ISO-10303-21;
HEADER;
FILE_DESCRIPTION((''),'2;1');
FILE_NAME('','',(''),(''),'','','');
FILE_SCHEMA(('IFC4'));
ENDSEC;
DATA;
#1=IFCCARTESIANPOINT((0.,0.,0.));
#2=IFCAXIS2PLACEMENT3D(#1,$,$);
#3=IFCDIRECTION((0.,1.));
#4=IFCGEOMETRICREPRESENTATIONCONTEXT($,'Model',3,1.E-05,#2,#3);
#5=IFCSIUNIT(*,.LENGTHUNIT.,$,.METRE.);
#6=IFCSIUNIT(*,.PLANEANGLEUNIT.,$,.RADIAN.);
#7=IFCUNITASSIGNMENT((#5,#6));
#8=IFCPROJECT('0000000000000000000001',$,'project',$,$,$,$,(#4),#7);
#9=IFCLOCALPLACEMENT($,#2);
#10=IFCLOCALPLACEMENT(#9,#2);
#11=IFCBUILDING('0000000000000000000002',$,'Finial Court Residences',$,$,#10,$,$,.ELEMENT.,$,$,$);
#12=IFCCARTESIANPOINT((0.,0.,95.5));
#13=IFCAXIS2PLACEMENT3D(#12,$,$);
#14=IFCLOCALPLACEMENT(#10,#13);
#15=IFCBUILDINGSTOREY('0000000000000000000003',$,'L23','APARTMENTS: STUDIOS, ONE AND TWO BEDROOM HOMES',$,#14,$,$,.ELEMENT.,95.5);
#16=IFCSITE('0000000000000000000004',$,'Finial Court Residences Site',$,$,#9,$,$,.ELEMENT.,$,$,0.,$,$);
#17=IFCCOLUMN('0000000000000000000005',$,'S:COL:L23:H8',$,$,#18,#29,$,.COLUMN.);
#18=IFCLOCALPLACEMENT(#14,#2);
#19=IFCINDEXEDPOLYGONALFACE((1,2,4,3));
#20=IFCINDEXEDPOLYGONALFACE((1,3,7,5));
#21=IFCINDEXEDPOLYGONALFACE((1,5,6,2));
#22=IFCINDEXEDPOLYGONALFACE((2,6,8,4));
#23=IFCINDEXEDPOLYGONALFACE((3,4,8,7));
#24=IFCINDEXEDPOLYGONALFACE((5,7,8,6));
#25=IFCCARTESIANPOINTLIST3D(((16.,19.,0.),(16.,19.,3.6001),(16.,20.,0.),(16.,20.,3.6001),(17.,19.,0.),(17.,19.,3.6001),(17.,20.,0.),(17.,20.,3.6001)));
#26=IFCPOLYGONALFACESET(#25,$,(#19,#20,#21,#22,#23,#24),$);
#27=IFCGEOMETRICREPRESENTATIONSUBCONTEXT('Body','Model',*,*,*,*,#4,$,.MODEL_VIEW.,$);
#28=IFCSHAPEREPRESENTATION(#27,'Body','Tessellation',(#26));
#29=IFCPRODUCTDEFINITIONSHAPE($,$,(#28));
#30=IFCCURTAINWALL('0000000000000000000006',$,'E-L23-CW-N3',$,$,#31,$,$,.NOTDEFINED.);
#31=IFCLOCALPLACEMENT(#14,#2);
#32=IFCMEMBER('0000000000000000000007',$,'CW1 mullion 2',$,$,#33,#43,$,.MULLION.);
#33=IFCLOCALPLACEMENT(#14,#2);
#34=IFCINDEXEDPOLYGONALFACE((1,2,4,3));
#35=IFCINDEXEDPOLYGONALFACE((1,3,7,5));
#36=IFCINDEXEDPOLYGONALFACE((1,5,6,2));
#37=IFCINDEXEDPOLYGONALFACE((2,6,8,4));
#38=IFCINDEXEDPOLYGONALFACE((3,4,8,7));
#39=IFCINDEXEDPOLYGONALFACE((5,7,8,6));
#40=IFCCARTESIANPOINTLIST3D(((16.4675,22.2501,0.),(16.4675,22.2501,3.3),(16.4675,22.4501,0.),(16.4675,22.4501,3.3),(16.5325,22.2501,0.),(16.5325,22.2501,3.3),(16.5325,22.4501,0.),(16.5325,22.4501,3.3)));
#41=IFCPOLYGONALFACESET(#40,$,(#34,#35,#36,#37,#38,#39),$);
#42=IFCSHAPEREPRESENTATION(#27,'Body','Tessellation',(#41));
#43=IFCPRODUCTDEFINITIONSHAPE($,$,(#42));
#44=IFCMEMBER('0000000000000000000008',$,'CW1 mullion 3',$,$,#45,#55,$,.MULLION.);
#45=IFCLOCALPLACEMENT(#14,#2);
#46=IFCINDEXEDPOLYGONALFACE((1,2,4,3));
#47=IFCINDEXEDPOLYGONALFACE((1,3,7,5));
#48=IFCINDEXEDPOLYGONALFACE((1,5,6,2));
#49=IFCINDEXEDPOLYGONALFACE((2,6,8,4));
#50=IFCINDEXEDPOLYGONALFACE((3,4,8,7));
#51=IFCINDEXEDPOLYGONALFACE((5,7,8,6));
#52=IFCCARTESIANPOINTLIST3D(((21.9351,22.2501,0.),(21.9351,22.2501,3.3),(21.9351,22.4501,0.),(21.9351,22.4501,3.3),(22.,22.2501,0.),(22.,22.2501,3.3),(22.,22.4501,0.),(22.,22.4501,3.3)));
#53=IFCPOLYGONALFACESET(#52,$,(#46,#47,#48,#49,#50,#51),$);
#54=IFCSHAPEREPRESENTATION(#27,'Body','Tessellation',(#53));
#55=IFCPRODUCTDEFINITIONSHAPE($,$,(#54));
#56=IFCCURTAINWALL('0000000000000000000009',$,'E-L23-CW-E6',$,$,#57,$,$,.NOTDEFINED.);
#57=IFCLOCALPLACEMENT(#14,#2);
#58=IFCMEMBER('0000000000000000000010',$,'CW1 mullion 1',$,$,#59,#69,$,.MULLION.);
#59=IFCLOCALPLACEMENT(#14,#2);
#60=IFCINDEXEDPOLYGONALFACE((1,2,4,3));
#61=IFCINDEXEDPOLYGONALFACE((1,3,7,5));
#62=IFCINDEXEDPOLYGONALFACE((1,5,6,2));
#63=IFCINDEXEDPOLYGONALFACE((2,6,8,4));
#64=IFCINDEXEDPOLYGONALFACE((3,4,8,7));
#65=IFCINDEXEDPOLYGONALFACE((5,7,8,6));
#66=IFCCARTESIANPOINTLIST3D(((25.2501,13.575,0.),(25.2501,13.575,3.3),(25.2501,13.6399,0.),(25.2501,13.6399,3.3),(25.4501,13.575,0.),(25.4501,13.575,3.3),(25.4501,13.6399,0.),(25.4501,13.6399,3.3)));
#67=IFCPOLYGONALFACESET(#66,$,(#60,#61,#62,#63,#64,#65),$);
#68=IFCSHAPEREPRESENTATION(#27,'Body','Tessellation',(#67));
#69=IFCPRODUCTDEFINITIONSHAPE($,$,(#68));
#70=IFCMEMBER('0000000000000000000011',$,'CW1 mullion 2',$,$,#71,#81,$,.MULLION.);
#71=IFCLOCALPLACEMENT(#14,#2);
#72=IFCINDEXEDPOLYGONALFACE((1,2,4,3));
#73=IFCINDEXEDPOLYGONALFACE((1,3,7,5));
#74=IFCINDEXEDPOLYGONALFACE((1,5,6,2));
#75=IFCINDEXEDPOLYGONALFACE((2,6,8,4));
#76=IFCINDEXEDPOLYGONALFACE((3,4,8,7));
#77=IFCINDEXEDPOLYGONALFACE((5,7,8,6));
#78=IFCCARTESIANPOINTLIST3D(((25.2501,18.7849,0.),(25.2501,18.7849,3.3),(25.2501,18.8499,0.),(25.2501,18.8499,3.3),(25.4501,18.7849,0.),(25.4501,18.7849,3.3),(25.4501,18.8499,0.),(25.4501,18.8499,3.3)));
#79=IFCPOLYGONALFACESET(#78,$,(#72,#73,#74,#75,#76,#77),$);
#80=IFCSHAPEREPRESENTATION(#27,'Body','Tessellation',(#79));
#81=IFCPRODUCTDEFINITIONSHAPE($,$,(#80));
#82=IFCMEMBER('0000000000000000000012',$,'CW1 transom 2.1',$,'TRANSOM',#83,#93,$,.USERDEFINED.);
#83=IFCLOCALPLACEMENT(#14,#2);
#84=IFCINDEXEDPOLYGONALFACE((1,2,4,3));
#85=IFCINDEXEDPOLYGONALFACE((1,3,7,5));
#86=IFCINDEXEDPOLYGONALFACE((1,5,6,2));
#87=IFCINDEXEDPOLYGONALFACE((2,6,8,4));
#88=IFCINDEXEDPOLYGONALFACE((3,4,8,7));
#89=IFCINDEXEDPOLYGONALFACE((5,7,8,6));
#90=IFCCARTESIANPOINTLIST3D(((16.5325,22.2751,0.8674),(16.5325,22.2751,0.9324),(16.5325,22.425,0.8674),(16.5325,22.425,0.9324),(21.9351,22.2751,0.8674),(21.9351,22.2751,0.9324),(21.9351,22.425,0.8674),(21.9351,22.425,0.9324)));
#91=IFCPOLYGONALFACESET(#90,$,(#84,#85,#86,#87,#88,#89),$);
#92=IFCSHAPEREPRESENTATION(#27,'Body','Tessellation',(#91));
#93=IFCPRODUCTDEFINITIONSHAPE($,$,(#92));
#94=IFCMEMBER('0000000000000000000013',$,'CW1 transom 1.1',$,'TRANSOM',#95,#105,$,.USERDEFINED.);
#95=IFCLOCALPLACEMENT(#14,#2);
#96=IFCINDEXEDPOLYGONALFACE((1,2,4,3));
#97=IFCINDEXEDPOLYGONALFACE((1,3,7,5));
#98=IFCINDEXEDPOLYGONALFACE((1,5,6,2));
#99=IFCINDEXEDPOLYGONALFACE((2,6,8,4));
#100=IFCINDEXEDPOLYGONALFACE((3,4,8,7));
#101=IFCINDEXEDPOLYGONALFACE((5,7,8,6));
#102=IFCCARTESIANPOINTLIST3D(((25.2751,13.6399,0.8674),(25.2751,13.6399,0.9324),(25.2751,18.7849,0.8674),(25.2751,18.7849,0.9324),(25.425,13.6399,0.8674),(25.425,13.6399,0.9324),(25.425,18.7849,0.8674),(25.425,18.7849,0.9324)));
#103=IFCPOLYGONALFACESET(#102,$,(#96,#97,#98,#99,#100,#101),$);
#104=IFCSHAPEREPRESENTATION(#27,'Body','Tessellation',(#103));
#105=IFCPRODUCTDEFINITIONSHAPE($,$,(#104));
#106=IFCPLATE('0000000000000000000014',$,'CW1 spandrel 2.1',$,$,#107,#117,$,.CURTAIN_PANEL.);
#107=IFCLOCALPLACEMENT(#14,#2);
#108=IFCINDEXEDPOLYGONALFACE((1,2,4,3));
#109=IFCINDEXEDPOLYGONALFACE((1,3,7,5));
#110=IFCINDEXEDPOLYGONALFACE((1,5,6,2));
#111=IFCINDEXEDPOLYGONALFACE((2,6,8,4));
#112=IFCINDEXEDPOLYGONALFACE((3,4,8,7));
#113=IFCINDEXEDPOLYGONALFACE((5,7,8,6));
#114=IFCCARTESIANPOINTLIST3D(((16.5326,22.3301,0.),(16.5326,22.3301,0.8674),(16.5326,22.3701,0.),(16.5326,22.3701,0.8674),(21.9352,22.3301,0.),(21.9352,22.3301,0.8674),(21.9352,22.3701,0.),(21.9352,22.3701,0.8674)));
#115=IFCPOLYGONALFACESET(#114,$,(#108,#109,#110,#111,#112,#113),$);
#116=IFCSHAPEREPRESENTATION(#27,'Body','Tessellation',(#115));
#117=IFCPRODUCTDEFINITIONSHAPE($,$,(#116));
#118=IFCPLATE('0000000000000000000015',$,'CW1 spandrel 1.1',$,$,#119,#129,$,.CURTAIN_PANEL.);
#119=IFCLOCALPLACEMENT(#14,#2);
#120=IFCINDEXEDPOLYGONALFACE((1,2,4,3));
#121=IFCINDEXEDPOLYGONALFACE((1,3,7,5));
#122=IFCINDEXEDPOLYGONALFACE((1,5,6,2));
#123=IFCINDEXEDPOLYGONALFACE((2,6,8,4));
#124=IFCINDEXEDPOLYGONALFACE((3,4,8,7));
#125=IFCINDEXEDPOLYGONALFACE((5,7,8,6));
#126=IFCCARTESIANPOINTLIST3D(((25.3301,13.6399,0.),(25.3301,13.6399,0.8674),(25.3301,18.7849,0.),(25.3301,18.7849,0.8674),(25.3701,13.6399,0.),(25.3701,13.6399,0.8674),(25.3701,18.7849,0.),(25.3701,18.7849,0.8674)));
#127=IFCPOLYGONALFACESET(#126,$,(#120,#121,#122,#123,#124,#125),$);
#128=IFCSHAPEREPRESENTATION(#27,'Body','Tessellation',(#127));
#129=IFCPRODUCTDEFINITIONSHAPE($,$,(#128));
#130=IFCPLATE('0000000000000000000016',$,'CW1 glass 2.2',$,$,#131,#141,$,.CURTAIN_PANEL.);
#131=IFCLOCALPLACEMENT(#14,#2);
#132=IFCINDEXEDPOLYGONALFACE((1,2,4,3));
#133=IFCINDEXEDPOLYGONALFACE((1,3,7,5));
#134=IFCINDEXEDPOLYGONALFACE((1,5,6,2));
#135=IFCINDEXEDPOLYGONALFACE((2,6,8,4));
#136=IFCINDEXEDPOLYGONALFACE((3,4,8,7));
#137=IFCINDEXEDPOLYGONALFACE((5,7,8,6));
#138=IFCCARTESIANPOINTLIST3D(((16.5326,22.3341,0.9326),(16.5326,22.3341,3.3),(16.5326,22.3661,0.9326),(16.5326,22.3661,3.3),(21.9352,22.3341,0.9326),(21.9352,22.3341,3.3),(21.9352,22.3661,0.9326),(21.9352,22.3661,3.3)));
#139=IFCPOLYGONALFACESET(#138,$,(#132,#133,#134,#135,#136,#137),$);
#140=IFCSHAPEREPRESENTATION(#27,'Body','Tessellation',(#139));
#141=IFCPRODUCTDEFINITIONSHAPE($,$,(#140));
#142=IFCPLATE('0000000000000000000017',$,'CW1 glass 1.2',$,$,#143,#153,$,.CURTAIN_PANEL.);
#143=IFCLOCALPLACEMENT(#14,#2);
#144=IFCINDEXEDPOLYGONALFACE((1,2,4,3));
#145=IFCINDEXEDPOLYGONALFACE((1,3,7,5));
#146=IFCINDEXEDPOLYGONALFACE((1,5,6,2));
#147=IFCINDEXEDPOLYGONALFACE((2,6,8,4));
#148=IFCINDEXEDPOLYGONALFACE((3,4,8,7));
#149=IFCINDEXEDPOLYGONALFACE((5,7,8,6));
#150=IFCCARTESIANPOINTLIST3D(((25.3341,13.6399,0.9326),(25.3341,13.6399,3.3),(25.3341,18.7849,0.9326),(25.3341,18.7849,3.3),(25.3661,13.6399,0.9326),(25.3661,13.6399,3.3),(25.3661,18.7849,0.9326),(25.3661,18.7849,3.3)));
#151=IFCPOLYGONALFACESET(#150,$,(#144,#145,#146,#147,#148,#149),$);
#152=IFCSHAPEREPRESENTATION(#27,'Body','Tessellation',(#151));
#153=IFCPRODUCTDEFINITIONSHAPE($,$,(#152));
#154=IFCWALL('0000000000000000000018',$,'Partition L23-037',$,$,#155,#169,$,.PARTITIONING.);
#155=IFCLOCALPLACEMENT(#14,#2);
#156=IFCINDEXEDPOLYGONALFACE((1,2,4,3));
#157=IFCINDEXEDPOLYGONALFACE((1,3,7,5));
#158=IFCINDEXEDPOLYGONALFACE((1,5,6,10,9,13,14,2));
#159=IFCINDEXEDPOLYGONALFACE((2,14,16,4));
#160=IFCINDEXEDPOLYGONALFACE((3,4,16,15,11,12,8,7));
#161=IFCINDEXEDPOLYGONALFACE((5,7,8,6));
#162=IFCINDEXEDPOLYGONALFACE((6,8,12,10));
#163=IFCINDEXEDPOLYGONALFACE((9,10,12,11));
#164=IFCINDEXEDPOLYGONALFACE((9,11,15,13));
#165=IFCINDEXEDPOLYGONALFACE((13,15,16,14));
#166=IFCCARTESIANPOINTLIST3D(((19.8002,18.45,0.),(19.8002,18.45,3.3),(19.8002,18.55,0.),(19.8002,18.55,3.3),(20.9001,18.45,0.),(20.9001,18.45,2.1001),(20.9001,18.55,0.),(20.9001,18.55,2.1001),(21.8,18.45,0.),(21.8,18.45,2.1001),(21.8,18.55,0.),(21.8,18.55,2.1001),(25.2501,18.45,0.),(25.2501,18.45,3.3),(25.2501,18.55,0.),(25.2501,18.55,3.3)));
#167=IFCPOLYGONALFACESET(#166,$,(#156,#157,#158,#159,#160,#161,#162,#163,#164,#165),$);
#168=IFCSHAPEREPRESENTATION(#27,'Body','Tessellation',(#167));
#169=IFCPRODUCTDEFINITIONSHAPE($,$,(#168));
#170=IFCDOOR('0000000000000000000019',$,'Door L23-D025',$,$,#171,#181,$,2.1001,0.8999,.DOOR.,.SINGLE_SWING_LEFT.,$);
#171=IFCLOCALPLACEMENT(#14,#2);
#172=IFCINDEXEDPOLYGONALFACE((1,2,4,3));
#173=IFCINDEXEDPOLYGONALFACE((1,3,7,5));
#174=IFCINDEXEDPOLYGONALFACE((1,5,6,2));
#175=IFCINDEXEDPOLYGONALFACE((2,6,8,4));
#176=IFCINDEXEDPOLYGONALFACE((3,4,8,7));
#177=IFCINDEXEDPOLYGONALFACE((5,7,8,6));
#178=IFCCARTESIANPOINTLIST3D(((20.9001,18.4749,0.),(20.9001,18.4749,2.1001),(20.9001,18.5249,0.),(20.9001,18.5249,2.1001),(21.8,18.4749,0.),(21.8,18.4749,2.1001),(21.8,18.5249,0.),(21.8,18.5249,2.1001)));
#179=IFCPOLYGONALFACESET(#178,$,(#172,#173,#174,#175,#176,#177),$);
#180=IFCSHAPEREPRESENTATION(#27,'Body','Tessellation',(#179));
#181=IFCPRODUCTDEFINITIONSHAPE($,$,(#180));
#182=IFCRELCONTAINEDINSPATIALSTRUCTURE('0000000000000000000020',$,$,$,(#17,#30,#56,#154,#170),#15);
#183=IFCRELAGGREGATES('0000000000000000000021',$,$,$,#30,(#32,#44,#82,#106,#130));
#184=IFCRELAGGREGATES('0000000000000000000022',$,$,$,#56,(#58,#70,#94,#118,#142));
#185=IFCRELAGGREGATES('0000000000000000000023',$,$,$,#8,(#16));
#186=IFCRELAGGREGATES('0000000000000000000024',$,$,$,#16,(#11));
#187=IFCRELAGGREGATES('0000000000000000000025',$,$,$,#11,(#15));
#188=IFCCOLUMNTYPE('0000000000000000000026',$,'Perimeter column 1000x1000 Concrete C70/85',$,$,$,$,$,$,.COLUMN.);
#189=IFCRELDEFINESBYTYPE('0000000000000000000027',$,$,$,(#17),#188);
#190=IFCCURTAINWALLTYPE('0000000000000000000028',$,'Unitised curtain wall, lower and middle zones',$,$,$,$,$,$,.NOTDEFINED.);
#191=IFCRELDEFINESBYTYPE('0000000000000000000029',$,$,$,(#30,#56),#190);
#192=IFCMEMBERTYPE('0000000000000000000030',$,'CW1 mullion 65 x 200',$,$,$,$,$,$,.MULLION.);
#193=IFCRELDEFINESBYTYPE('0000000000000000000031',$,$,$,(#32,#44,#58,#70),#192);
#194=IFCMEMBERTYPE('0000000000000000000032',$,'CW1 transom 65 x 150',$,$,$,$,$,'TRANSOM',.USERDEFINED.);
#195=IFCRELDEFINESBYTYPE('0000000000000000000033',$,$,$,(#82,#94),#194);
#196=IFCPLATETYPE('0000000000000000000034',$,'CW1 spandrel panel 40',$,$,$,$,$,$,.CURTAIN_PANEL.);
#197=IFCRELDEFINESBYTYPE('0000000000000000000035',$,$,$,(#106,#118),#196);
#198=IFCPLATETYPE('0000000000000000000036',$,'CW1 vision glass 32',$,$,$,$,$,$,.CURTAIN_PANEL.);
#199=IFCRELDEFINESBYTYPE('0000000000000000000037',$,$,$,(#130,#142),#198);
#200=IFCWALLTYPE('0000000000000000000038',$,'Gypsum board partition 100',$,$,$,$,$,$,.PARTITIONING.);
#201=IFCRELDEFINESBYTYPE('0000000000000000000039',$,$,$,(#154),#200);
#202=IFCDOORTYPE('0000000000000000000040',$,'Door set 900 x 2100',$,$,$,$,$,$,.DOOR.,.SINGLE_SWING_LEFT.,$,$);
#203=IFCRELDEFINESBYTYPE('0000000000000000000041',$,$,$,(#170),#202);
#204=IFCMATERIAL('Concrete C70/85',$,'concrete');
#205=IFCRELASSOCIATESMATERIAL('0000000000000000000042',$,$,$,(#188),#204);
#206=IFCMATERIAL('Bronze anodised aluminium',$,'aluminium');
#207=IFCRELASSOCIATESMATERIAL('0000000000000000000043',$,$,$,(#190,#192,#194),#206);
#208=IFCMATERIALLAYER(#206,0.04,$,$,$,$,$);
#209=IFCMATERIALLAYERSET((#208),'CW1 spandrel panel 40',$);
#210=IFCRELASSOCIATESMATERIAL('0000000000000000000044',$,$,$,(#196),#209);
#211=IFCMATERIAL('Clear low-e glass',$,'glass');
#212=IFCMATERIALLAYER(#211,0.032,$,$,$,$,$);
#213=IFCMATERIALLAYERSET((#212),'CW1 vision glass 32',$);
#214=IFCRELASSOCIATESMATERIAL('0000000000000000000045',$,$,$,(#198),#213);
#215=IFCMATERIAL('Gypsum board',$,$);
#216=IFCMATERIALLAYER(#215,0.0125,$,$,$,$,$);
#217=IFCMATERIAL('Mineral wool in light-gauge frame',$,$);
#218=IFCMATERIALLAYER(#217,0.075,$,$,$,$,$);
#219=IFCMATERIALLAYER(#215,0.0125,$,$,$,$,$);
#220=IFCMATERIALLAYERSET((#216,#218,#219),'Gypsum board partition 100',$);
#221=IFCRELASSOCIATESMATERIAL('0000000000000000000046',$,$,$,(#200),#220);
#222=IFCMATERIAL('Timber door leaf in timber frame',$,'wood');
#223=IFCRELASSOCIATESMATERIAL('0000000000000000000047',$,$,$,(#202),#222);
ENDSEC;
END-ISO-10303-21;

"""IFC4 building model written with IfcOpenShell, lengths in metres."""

from ifc_helpers import new_model, si_unit, direction, frame, frame_2d, origin, origin_2d, place, context, subcontext, project, spatial, rectangle, extrude, material, layer, layer_set, material_profile, profile_set, type_object, element, fill, aggregate, save


model = new_model("IFC4")

# Units and contexts
model_context = context("Model", 3, precision=1e-05, world=origin(), true_north=direction((0.0, 1.0)))
body_context = subcontext(model_context, "Body", "Model", "MODEL_VIEW")
ifc_project = project(units=[si_unit("LENGTHUNIT", "METRE"), si_unit("PLANEANGLEUNIT", "RADIAN")], contexts=[model_context])

# Site, building, storey
site_placement = place(None, origin())
site = spatial("IfcSite", under=ifc_project, at=site_placement, Name="Finial Court Residences Site", CompositionType="ELEMENT", RefElevation=0.0)
building_placement = place(site_placement, origin())
building = spatial("IfcBuilding", under=site, at=building_placement, Name="Finial Court Residences", CompositionType="ELEMENT")
storey_placement = place(building_placement, frame((0.0, 0.0, 95.5)))
storey = spatial("IfcBuildingStorey", under=building, at=storey_placement, Name="L23", Description="APARTMENTS: STUDIOS, ONE AND TWO BEDROOM HOMES", CompositionType="ELEMENT", Elevation=95.5)

# Column
ifc_material_1 = material(Name="Concrete C70/85", Category="concrete")
ifc_material_profile_1 = material_profile(ifc_material_1, rectangle(XDim=1.0, YDim=1.0, at=origin_2d()), Name="1000x1000")
ifc_profile_set_1 = profile_set([ifc_material_profile_1], Name="Concrete C70/85")
column_type = type_object("IfcColumnType", Name="Perimeter column 1000x1000 Concrete C70/85", PredefinedType="COLUMN", material=ifc_profile_set_1)
column_placement = place(storey_placement, frame((16.5, 19.5, 0.0), z_axis=(0.0, 0.0, 1.0), x_axis=(1.0, 0.0, 0.0)))
element("IfcColumn", 1, at=column_placement, inside=storey, type_object=column_type, Name="S:COL:L23:H8", PredefinedType="COLUMN", context=body_context, shape_type="SweptSolid", body=[
    extrude(rectangle(XDim=1.0, YDim=1.0, at=origin_2d()), origin(), (0.0, 0.0, 1.0), 3.6001),
])

# Curtain walls, members
ifc_material_2 = material(Name="Bronze anodised aluminium", Category="aluminium")
curtain_wall_type = type_object("IfcCurtainWallType", Name="Unitised curtain wall, lower and middle zones", PredefinedType="NOTDEFINED", material=ifc_material_2)
curtain_wall_1_placement = place(storey_placement, origin())
curtain_wall_1 = element("IfcCurtainWall", 2, at=curtain_wall_1_placement, inside=storey, type_object=curtain_wall_type, Name="E-L23-CW-N3", PredefinedType="NOTDEFINED")
ifc_material_profile_2 = material_profile(ifc_material_2, rectangle(XDim=0.2, YDim=0.0649, at=origin_2d()), Name="CW1 mullion 65 x 200")
ifc_profile_set_2 = profile_set([ifc_material_profile_2], Name="Bronze anodised aluminium")
member_type_1 = type_object("IfcMemberType", Name="CW1 mullion 65 x 200", PredefinedType="MULLION", material=ifc_profile_set_2)
member_1_placement = place(storey_placement, frame((16.5, 22.3501, 0.0), z_axis=(0.0, 0.0, 1.0), x_axis=(0.0, 1.0, 0.0)))
member_1 = element("IfcMember", 3, at=member_1_placement, type_object=member_type_1, Name="CW1 mullion 2", PredefinedType="MULLION", context=body_context, shape_type="SweptSolid", body=[
    extrude(rectangle(XDim=0.2, YDim=0.0649, at=origin_2d()), origin(), (0.0, 0.0, 1.0), 3.3),
])
member_2_placement = place(storey_placement, frame((21.9675, 22.3501, 0.0), z_axis=(0.0, 0.0, 1.0), x_axis=(0.0, 1.0, 0.0)))
member_2 = element("IfcMember", 4, at=member_2_placement, type_object=member_type_1, Name="CW1 mullion 3", PredefinedType="MULLION", context=body_context, shape_type="SweptSolid", body=[
    extrude(rectangle(XDim=0.2, YDim=0.0649, at=origin_2d()), origin(), (0.0, 0.0, 1.0), 3.3),
])
curtain_wall_2_placement = place(storey_placement, origin())
curtain_wall_2 = element("IfcCurtainWall", 5, at=curtain_wall_2_placement, inside=storey, type_object=curtain_wall_type, Name="E-L23-CW-E6", PredefinedType="NOTDEFINED")
member_3_placement = place(storey_placement, frame((25.3501, 13.6074, 0.0), z_axis=(0.0, 0.0, 1.0), x_axis=(-1.0, 0.0, 0.0)))
member_3 = element("IfcMember", 6, at=member_3_placement, type_object=member_type_1, Name="CW1 mullion 1", PredefinedType="MULLION", context=body_context, shape_type="SweptSolid", body=[
    extrude(rectangle(XDim=0.2, YDim=0.0649, at=origin_2d()), origin(), (0.0, 0.0, 1.0), 3.3),
])
member_4_placement = place(storey_placement, frame((25.3501, 18.8174, 0.0), z_axis=(0.0, 0.0, 1.0), x_axis=(-1.0, 0.0, 0.0)))
member_4 = element("IfcMember", 7, at=member_4_placement, type_object=member_type_1, Name="CW1 mullion 2", PredefinedType="MULLION", context=body_context, shape_type="SweptSolid", body=[
    extrude(rectangle(XDim=0.2, YDim=0.0649, at=origin_2d()), origin(), (0.0, 0.0, 1.0), 3.3),
])

# Members
ifc_material_profile_3 = material_profile(ifc_material_2, rectangle(XDim=0.1499, YDim=0.0649, at=origin_2d()), Name="CW1 transom 65 x 150")
ifc_profile_set_3 = profile_set([ifc_material_profile_3], Name="Bronze anodised aluminium")
member_type_2 = type_object("IfcMemberType", Name="CW1 transom 65 x 150", ElementType="TRANSOM", PredefinedType="USERDEFINED", material=ifc_profile_set_3)
member_5_placement = place(storey_placement, frame((16.5325, 22.3501, 0.8999), z_axis=(1.0, 0.0, 0.0), x_axis=(0.0, 1.0, 0.0)))
member_5 = element("IfcMember", 8, at=member_5_placement, type_object=member_type_2, Name="CW1 transom 2.1", ObjectType="TRANSOM", PredefinedType="USERDEFINED", context=body_context, shape_type="SweptSolid", body=[
    extrude(rectangle(XDim=0.1499, YDim=0.0649, at=origin_2d()), origin(), (0.0, 0.0, 1.0), 5.4026),
])
member_6_placement = place(storey_placement, frame((25.3501, 13.6399, 0.8999), z_axis=(0.0, 1.0, 0.0), x_axis=(-1.0, 0.0, 0.0)))
member_6 = element("IfcMember", 9, at=member_6_placement, type_object=member_type_2, Name="CW1 transom 1.1", ObjectType="TRANSOM", PredefinedType="USERDEFINED", context=body_context, shape_type="SweptSolid", body=[
    extrude(rectangle(XDim=0.1499, YDim=0.0649, at=origin_2d()), origin(), (0.0, 0.0, 1.0), 5.145),
])

# Plates
ifc_layer_1 = layer(ifc_material_2, 0.04)
ifc_layer_set_1 = layer_set([ifc_layer_1], Name="CW1 spandrel panel 40")
plate_type_1 = type_object("IfcPlateType", Name="CW1 spandrel panel 40", PredefinedType="CURTAIN_PANEL", material=ifc_layer_set_1)
plate_1_placement = place(storey_placement, frame((19.2339, 22.3501, 0.0), z_axis=(0.0, 0.0, 1.0), x_axis=(1.0, 0.0, 0.0)))
plate_1 = element("IfcPlate", 10, at=plate_1_placement, type_object=plate_type_1, Name="CW1 spandrel 2.1", PredefinedType="CURTAIN_PANEL", context=body_context, shape_type="SweptSolid", body=[
    extrude(rectangle(XDim=5.4026, YDim=0.04, at=origin_2d()), origin(), (0.0, 0.0, 1.0), 0.8674),
])
plate_2_placement = place(storey_placement, frame((25.3501, 16.2124, 0.0), z_axis=(0.0, 0.0, 1.0), x_axis=(0.0, 1.0, 0.0)))
plate_2 = element("IfcPlate", 11, at=plate_2_placement, type_object=plate_type_1, Name="CW1 spandrel 1.1", PredefinedType="CURTAIN_PANEL", context=body_context, shape_type="SweptSolid", body=[
    extrude(rectangle(XDim=5.145, YDim=0.04, at=origin_2d()), origin(), (0.0, 0.0, 1.0), 0.8674),
])
ifc_material_3 = material(Name="Clear low-e glass", Category="glass")
ifc_layer_2 = layer(ifc_material_3, 0.032)
ifc_layer_set_2 = layer_set([ifc_layer_2], Name="CW1 vision glass 32")
plate_type_2 = type_object("IfcPlateType", Name="CW1 vision glass 32", PredefinedType="CURTAIN_PANEL", material=ifc_layer_set_2)
plate_3_placement = place(storey_placement, frame((19.2339, 22.3501, 0.9326), z_axis=(0.0, 0.0, 1.0), x_axis=(1.0, 0.0, 0.0)))
plate_3 = element("IfcPlate", 12, at=plate_3_placement, type_object=plate_type_2, Name="CW1 glass 2.2", PredefinedType="CURTAIN_PANEL", context=body_context, shape_type="SweptSolid", body=[
    extrude(rectangle(XDim=5.4026, YDim=0.032, at=origin_2d()), origin(), (0.0, 0.0, 1.0), 2.3674),
])
aggregate(curtain_wall_1, [member_1, member_2, member_5, plate_1, plate_3])
plate_4_placement = place(storey_placement, frame((25.3501, 16.2124, 0.9326), z_axis=(0.0, 0.0, 1.0), x_axis=(0.0, 1.0, 0.0)))
plate_4 = element("IfcPlate", 13, at=plate_4_placement, type_object=plate_type_2, Name="CW1 glass 1.2", PredefinedType="CURTAIN_PANEL", context=body_context, shape_type="SweptSolid", body=[
    extrude(rectangle(XDim=5.145, YDim=0.032, at=origin_2d()), origin(), (0.0, 0.0, 1.0), 2.3674),
])
aggregate(curtain_wall_2, [member_3, member_4, member_6, plate_2, plate_4])

# Wall, opening, door
ifc_material_4 = material(Name="Gypsum board")
ifc_layer_3 = layer(ifc_material_4, 0.0125)
ifc_material_5 = material(Name="Mineral wool in light-gauge frame")
ifc_layer_4 = layer(ifc_material_5, 0.075)
ifc_layer_5 = layer(ifc_material_4, 0.0125)
ifc_layer_set_3 = layer_set([ifc_layer_3, ifc_layer_4, ifc_layer_5], Name="Gypsum board partition 100")
wall_type_1 = type_object("IfcWallType", Name="Gypsum board partition 100", PredefinedType="PARTITIONING", material=ifc_layer_set_3)
wall_1_placement = place(storey_placement, frame((19.8, 18.5, 0.0), z_axis=(0.0, 0.0, 1.0), x_axis=(1.0, 0.0, 0.0)))
wall_1 = element("IfcWall", 14, at=wall_1_placement, inside=storey, type_object=wall_type_1, Name="Partition L23-037", PredefinedType="PARTITIONING", context=body_context, shape_type="SweptSolid", body=[
    extrude(rectangle(XDim=5.45, YDim=0.1001, at=frame_2d((2.7251, 0.0))), origin(), (0.0, 0.0, 1.0), 3.3),
])
opening_1_placement = place(wall_1_placement, frame((1.1001, 0.0, 0.0)))
opening_1 = element("IfcOpeningElement", 15, at=opening_1_placement, cuts=wall_1, PredefinedType="OPENING", context=body_context, shape_type="SweptSolid", body=[
    extrude(rectangle(XDim=0.8999, YDim=2.1001, at=frame_2d((0.45, 1.05))), frame((0.0, 0.0601, 0.0), z_axis=(0.0, -1.0, 0.0), x_axis=(1.0, 0.0, 0.0)), (0.0, 0.0, 1.0), 0.1201),
])
ifc_material_6 = material(Name="Timber door leaf in timber frame", Category="wood")
door_type = type_object("IfcDoorType", Name="Door set 900 x 2100", OperationType="SINGLE_SWING_LEFT", PredefinedType="DOOR", material=ifc_material_6)
door_1_placement = place(opening_1_placement, origin())
door_1 = element("IfcDoor", 16, at=door_1_placement, inside=storey, type_object=door_type, Name="Door L23-D025", OperationType="SINGLE_SWING_LEFT", OverallHeight=2.1001, OverallWidth=0.8999, PredefinedType="DOOR", context=body_context, shape_type="SweptSolid", body=[
    extrude(rectangle(XDim=0.8999, YDim=2.1001, at=frame_2d((0.45, 1.05))), frame((0.0, 0.0249, 0.0), z_axis=(0.0, -1.0, 0.0), x_axis=(1.0, 0.0, 0.0)), (0.0, 0.0, 1.0), 0.05),
])
fill(opening_1, door_1)

save(model, "model.ifc")
